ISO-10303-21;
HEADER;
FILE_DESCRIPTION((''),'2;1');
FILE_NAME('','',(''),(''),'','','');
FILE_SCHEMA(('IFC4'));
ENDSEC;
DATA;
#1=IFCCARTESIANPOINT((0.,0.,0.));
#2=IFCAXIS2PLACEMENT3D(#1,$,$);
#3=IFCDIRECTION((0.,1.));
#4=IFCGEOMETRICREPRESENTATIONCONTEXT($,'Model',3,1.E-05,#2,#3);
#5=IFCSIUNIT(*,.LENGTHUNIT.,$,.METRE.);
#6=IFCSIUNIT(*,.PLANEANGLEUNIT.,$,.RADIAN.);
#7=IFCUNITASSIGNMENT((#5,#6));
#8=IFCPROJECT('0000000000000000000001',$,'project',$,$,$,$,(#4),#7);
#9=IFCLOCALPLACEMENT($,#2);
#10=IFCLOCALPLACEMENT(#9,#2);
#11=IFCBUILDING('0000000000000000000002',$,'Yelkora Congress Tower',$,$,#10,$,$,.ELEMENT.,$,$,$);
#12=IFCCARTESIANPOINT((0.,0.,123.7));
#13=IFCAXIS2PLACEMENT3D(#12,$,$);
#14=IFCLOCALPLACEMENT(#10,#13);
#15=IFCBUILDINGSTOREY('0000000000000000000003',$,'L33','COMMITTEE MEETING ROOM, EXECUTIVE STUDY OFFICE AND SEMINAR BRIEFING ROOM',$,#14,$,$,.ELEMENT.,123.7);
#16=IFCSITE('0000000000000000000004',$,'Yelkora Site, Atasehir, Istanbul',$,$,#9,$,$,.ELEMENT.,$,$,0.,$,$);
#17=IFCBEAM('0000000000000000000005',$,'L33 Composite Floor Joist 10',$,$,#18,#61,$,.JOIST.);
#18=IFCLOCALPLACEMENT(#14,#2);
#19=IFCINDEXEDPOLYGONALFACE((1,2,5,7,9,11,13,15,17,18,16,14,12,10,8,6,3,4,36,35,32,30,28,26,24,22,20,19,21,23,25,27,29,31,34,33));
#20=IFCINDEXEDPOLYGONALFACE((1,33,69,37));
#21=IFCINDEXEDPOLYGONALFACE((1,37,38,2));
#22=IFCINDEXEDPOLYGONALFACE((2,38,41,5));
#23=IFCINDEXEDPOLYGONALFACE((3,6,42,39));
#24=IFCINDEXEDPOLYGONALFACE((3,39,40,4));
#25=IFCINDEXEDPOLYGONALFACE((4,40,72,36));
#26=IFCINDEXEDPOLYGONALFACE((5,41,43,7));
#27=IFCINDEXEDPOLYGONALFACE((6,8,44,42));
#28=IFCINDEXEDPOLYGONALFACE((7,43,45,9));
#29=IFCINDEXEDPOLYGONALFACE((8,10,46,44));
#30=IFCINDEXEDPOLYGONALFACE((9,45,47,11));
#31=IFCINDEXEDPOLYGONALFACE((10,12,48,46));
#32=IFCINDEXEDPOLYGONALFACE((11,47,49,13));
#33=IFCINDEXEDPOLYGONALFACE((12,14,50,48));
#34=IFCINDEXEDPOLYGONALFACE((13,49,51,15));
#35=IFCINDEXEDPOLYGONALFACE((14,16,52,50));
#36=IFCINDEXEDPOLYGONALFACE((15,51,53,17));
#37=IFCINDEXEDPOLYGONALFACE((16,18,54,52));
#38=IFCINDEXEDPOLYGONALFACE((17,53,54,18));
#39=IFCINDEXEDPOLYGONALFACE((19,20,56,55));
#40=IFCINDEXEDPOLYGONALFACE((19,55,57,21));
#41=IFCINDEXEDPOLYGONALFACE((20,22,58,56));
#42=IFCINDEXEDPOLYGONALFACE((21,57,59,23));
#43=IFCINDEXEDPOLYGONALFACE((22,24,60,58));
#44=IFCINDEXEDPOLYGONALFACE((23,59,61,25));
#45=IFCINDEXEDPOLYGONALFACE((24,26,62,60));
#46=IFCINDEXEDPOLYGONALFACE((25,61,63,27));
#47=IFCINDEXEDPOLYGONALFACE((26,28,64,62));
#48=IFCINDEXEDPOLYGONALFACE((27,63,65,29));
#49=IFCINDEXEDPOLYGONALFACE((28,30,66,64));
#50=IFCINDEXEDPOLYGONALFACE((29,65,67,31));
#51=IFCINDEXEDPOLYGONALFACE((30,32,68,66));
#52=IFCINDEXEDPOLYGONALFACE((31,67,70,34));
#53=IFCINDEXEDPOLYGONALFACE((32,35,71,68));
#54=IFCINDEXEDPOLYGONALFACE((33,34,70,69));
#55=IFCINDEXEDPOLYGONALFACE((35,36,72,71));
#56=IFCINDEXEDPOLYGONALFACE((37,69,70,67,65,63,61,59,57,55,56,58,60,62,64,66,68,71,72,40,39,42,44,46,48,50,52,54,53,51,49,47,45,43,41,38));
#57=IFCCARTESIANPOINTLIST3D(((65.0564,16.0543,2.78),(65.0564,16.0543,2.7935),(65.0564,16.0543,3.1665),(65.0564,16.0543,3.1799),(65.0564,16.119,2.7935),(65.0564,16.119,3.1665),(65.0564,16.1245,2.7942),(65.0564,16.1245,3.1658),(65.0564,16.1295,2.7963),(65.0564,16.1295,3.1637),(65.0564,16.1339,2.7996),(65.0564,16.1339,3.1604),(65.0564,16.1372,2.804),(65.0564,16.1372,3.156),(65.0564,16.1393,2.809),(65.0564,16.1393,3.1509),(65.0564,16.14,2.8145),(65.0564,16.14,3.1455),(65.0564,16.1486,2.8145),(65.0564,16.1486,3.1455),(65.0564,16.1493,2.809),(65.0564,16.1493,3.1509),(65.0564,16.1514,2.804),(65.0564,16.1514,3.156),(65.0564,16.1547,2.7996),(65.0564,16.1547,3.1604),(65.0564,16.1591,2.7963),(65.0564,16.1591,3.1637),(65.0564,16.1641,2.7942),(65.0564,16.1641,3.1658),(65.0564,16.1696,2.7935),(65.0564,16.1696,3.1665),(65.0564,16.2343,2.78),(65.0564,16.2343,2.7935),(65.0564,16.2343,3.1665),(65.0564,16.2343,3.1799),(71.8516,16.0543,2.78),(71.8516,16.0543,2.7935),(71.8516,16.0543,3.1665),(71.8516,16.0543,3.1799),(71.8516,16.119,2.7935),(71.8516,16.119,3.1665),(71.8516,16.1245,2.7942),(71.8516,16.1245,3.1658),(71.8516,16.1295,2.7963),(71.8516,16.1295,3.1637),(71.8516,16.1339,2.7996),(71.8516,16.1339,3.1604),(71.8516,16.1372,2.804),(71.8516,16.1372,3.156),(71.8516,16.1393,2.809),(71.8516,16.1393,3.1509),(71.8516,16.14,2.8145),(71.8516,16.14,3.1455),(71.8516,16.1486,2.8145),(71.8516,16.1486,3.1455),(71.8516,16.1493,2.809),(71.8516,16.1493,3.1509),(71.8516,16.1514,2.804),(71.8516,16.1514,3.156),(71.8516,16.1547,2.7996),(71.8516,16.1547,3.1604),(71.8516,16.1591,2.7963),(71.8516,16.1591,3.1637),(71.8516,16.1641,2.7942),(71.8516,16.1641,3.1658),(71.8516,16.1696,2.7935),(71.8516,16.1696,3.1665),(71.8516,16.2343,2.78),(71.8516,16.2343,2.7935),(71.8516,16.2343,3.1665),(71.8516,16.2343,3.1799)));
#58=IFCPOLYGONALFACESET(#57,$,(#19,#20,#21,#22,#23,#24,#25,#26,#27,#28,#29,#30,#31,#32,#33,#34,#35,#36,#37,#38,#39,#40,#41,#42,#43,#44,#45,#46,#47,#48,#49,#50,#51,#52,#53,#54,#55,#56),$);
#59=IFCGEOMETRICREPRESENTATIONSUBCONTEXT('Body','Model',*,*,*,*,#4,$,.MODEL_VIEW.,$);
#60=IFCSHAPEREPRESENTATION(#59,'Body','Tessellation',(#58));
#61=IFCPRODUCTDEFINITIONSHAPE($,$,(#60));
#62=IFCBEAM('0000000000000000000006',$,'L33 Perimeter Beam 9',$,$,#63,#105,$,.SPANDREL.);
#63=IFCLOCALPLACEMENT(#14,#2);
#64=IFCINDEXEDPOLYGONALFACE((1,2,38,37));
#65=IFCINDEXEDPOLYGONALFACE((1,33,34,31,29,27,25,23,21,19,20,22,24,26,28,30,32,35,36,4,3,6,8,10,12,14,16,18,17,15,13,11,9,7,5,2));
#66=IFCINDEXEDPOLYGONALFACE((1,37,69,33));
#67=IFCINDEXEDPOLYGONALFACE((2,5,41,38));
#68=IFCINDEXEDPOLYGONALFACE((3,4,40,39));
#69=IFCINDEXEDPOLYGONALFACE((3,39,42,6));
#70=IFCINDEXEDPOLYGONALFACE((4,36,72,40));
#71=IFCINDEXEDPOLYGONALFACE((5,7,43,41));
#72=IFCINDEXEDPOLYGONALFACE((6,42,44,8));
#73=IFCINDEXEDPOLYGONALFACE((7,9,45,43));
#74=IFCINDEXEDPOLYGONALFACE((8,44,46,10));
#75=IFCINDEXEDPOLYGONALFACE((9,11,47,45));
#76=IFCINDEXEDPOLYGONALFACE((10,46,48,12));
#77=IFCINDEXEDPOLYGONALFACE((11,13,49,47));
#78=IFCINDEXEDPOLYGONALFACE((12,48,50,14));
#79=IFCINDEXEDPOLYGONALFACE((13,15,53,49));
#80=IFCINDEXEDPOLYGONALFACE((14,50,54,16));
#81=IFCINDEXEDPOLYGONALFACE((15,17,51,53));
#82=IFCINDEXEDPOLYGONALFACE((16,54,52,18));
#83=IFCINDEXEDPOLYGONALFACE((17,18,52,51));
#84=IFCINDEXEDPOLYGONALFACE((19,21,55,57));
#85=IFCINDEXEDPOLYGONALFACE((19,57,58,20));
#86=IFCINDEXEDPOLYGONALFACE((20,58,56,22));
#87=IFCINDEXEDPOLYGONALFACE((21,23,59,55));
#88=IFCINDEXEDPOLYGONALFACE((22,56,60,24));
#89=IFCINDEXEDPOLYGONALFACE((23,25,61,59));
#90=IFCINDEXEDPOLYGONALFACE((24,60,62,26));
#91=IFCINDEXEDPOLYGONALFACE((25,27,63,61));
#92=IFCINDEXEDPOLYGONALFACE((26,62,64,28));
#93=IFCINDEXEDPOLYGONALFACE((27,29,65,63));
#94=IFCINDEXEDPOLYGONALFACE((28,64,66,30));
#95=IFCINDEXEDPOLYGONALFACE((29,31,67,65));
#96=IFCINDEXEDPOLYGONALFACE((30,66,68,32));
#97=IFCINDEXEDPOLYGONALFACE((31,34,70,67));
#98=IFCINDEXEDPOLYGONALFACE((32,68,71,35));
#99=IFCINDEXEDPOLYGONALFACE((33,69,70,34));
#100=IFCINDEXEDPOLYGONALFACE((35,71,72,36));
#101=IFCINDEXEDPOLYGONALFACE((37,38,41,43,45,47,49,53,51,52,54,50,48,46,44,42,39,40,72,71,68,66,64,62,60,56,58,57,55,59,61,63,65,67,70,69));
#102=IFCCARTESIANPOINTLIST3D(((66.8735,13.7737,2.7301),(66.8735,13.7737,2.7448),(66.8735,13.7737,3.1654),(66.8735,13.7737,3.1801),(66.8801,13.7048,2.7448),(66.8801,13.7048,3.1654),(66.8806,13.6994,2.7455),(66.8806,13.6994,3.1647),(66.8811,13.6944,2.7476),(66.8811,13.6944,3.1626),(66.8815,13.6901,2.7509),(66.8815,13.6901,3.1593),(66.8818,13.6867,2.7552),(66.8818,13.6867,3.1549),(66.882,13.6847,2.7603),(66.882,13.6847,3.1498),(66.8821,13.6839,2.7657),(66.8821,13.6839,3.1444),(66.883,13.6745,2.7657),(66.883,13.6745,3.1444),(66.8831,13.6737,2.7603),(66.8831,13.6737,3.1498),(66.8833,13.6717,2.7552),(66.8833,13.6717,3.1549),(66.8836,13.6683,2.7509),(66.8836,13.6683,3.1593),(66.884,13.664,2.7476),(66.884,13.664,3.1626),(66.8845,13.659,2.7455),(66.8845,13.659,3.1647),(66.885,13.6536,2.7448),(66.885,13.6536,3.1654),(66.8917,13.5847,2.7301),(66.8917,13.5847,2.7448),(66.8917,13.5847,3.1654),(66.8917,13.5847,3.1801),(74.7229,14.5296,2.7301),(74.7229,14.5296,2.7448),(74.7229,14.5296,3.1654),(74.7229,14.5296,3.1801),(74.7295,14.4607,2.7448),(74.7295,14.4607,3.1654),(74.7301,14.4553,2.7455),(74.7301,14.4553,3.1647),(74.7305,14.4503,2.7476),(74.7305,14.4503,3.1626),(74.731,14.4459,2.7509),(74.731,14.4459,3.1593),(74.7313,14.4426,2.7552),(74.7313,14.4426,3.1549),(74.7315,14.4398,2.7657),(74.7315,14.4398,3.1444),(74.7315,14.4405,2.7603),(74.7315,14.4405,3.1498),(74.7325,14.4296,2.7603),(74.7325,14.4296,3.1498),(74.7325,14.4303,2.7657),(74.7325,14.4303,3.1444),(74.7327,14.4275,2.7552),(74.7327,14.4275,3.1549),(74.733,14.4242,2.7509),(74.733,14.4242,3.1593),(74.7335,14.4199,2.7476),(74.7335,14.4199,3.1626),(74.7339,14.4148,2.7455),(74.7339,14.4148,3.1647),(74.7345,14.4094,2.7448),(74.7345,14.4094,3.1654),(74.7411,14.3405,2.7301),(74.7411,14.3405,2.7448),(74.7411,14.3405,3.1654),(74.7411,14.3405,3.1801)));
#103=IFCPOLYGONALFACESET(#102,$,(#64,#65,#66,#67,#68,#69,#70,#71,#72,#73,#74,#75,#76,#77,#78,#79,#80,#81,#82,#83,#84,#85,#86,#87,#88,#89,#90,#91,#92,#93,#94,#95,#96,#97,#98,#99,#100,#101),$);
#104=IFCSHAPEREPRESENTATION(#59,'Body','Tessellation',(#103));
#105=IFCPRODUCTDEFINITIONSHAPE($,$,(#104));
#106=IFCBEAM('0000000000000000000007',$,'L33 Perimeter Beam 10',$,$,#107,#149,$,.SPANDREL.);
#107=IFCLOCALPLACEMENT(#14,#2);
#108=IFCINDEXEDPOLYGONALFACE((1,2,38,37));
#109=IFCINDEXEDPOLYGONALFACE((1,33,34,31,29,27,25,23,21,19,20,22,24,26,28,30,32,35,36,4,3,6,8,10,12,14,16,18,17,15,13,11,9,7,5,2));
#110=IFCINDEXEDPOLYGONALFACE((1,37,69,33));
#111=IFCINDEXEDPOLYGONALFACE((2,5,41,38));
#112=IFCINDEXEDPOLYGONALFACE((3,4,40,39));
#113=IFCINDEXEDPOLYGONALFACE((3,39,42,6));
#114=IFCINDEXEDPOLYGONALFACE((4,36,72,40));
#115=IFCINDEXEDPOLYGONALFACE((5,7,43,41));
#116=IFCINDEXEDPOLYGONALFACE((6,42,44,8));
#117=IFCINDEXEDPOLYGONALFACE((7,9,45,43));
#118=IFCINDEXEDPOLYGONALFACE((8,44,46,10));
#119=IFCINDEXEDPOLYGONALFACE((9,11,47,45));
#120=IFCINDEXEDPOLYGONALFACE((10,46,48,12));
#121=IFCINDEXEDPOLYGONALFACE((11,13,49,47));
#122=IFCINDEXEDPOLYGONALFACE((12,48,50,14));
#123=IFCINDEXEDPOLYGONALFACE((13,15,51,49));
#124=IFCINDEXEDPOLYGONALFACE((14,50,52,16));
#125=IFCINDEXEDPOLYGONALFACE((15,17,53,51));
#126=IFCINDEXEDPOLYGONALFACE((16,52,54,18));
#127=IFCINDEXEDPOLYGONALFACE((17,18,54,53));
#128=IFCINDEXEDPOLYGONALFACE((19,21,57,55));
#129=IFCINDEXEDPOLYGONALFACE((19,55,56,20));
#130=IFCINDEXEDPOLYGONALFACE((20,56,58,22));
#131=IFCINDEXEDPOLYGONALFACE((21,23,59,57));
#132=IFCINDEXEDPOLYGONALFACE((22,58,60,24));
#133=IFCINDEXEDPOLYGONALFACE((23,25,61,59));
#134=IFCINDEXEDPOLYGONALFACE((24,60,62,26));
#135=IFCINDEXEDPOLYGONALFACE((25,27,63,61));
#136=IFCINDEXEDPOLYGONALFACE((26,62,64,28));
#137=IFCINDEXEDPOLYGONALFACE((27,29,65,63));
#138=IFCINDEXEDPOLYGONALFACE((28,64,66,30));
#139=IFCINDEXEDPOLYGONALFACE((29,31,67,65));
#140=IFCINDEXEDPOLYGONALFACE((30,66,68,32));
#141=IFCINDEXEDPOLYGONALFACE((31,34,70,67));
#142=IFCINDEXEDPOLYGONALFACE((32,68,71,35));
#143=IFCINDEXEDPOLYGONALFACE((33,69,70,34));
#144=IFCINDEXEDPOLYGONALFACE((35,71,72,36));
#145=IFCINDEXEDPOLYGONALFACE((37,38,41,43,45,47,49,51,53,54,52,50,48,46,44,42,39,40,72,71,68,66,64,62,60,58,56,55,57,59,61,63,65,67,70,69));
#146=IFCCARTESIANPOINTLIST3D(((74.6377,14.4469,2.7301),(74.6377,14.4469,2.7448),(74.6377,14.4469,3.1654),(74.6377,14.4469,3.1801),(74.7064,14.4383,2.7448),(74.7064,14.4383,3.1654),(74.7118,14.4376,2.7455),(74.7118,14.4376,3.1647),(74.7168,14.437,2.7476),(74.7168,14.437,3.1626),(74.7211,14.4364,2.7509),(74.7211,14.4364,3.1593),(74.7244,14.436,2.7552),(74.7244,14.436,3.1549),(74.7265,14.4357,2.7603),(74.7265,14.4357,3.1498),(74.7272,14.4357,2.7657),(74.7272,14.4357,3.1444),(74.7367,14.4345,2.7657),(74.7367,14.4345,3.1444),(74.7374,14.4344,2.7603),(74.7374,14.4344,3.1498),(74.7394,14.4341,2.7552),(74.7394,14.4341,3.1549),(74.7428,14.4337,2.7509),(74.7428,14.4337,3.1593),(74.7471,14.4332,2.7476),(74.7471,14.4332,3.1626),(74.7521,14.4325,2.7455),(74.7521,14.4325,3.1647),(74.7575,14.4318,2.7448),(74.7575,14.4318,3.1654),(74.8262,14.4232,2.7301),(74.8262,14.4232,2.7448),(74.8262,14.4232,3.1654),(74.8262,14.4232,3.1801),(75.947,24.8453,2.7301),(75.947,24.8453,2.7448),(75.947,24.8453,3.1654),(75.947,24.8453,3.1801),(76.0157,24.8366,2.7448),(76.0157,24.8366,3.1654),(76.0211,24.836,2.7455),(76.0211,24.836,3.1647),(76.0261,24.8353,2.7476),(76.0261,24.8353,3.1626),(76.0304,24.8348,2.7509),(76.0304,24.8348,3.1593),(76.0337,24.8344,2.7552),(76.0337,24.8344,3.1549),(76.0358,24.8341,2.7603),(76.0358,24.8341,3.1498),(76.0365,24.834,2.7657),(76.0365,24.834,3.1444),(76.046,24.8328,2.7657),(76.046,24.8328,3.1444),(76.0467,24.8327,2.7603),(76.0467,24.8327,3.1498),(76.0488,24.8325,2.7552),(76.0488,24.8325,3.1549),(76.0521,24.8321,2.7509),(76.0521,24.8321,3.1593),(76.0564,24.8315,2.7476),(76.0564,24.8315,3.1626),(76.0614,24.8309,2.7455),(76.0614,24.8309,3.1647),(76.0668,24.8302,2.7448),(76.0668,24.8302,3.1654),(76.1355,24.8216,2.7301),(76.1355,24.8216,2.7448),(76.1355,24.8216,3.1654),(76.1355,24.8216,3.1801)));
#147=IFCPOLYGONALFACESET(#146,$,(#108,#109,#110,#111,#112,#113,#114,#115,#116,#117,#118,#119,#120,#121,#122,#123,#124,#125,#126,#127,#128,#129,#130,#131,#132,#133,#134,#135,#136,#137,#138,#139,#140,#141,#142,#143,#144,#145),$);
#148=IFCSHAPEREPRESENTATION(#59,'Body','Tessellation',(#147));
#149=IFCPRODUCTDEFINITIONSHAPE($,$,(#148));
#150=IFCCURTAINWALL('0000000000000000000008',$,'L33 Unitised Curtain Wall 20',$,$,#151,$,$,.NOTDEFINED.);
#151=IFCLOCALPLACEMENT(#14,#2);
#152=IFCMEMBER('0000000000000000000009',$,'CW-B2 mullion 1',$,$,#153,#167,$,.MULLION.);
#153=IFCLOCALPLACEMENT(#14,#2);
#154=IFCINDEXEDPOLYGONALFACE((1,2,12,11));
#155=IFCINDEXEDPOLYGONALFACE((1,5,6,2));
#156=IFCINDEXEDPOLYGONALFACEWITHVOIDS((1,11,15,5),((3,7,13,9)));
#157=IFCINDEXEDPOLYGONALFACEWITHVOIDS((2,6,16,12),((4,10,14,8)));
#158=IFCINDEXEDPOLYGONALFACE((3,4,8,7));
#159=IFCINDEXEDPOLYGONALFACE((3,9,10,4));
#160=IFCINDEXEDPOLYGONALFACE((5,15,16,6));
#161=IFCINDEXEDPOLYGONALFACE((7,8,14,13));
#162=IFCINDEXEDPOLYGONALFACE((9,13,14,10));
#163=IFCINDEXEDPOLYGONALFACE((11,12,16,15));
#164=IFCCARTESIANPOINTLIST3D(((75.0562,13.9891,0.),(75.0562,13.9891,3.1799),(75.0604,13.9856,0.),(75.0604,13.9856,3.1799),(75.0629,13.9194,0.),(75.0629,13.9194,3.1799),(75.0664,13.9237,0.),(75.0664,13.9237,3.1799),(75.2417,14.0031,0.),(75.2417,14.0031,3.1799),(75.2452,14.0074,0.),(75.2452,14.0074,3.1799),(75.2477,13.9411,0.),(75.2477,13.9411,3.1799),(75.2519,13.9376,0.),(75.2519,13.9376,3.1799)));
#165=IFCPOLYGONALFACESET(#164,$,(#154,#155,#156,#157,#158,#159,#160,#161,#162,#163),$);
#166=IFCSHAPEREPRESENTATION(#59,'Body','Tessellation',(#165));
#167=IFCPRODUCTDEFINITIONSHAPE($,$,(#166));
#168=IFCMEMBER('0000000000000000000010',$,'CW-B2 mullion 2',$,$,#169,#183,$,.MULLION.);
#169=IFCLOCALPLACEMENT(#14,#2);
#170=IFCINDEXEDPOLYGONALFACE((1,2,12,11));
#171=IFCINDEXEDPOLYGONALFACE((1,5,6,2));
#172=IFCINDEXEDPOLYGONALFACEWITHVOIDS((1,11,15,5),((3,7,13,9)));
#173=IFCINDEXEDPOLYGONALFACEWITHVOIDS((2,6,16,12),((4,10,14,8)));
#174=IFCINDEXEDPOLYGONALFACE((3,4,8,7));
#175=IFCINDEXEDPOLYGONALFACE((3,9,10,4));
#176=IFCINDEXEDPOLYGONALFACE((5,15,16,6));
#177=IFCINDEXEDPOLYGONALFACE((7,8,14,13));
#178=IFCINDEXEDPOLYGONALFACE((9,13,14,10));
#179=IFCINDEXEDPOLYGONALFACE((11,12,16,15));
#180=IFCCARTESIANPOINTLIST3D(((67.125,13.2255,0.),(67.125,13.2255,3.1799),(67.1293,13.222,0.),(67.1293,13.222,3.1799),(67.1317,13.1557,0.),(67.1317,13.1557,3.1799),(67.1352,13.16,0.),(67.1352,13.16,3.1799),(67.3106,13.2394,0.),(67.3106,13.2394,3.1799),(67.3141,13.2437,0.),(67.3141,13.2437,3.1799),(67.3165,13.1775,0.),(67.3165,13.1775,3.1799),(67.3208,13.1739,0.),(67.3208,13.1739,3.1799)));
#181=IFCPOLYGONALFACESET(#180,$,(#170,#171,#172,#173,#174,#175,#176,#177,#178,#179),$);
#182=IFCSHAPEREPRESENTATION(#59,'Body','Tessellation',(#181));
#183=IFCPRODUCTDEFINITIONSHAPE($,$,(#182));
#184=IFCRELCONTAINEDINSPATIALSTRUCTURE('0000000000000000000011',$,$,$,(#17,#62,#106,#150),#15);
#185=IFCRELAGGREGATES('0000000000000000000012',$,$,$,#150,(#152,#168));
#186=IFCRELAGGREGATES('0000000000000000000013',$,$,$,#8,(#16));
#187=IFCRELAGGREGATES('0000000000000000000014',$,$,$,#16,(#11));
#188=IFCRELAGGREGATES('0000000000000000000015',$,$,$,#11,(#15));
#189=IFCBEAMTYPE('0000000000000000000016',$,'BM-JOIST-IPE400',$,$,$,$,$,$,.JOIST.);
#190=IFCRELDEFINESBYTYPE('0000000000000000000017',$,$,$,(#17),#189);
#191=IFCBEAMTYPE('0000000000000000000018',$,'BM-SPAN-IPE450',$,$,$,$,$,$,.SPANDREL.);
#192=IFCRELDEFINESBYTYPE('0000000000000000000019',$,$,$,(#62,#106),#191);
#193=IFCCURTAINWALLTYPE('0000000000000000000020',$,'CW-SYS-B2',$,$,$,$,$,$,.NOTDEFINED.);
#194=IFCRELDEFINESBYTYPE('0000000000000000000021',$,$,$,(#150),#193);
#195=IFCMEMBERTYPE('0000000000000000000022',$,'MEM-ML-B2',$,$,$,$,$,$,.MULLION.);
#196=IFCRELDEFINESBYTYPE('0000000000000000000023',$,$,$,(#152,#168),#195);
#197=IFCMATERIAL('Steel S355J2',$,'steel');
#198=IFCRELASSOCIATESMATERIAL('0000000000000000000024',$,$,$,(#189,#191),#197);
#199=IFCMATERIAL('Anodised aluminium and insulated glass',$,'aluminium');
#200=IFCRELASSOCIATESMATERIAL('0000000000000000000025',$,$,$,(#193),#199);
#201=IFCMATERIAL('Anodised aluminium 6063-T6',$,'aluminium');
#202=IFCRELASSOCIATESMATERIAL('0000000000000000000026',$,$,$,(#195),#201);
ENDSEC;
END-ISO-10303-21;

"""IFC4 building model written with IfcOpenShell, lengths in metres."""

from ifc_helpers import new_model, si_unit, direction, frame, origin, origin_2d, place, context, subcontext, project, spatial, hollow_rectangle, i_section, extrude, material, material_profile, profile_set, type_object, element, aggregate, save


model = new_model("IFC4")

# Units and contexts
model_context = context("Model", 3, precision=1e-05, world=origin(), true_north=direction((0.0, 1.0)))
body_context = subcontext(model_context, "Body", "Model", "MODEL_VIEW")
ifc_project = project(units=[si_unit("LENGTHUNIT", "METRE"), si_unit("PLANEANGLEUNIT", "RADIAN")], contexts=[model_context])

# Site, building, storey
site_placement = place(None, origin())
site = spatial("IfcSite", under=ifc_project, at=site_placement, Name="Yelkora Site, Atasehir, Istanbul", CompositionType="ELEMENT", RefElevation=0.0)
building_placement = place(site_placement, origin())
building = spatial("IfcBuilding", under=site, at=building_placement, Name="Yelkora Congress Tower", CompositionType="ELEMENT")
storey_placement = place(building_placement, frame((0.0, 0.0, 123.7)))
storey = spatial("IfcBuildingStorey", under=building, at=storey_placement, Name="L33", Description="COMMITTEE MEETING ROOM, EXECUTIVE STUDY OFFICE AND SEMINAR BRIEFING ROOM", CompositionType="ELEMENT", Elevation=123.7)

# Beams
ifc_material_1 = material(Name="Steel S355J2", Category="steel")
ifc_material_profile_1 = material_profile(ifc_material_1, i_section(OverallWidth=0.1799, OverallDepth=0.3999, WebThickness=0.0085, FlangeThickness=0.0134, FilletRadius=0.021, at=origin_2d()), Name="IPE 400")
ifc_profile_set_1 = profile_set([ifc_material_profile_1], Name="Steel S355J2")
beam_type_1 = type_object("IfcBeamType", Name="BM-JOIST-IPE400", PredefinedType="JOIST", material=ifc_profile_set_1)
beam_1_placement = place(storey_placement, frame((65.0564, 16.1443, 2.98), z_axis=(1.0, 0.0, 0.0), x_axis=(0.0, 1.0, 0.0)))
element("IfcBeam", 1, at=beam_1_placement, inside=storey, type_object=beam_type_1, Name="L33 Composite Floor Joist 10", PredefinedType="JOIST", context=body_context, shape_type="SweptSolid", body=[
    extrude(i_section(OverallWidth=0.1799, OverallDepth=0.3999, WebThickness=0.0085, FlangeThickness=0.0134, FilletRadius=0.021, at=origin_2d()), origin(), (0.0, 0.0, 1.0), 6.7952),
])
ifc_material_profile_2 = material_profile(ifc_material_1, i_section(OverallWidth=0.1899, OverallDepth=0.45, WebThickness=0.0095, FlangeThickness=0.0146, FilletRadius=0.021, at=origin_2d()), Name="IPE 450")
ifc_profile_set_2 = profile_set([ifc_material_profile_2], Name="Steel S355J2")
beam_type_2 = type_object("IfcBeamType", Name="BM-SPAN-IPE450", PredefinedType="SPANDREL", material=ifc_profile_set_2)
beam_2_placement = place(storey_placement, frame((66.8826, 13.6792, 2.9551), z_axis=(0.995396, 0.095852, 0.0), x_axis=(-0.095852, 0.995396, 0.0)))
element("IfcBeam", 2, at=beam_2_placement, inside=storey, type_object=beam_type_2, Name="L33 Perimeter Beam 9", PredefinedType="SPANDREL", context=body_context, shape_type="SweptSolid", body=[
    extrude(i_section(OverallWidth=0.1899, OverallDepth=0.45, WebThickness=0.0095, FlangeThickness=0.0146, FilletRadius=0.021, at=origin_2d()), origin(), (0.0, 0.0, 1.0), 7.8857),
])
beam_3_placement = place(storey_placement, frame((74.7319, 14.4351, 2.9551), z_axis=(0.124929, 0.992166, 0.0), x_axis=(-0.992166, 0.124929, 0.0)))
element("IfcBeam", 3, at=beam_3_placement, inside=storey, type_object=beam_type_2, Name="L33 Perimeter Beam 10", PredefinedType="SPANDREL", context=body_context, shape_type="SweptSolid", body=[
    extrude(i_section(OverallWidth=0.1899, OverallDepth=0.45, WebThickness=0.0095, FlangeThickness=0.0146, FilletRadius=0.021, at=origin_2d()), origin(), (0.0, 0.0, 1.0), 10.4805),
])

# Curtain wall, members
ifc_material_2 = material(Name="Anodised aluminium and insulated glass", Category="aluminium")
curtain_wall_type = type_object("IfcCurtainWallType", Name="CW-SYS-B2", PredefinedType="NOTDEFINED", material=ifc_material_2)
curtain_wall_placement = place(storey_placement, origin())
curtain_wall = element("IfcCurtainWall", 4, at=curtain_wall_placement, inside=storey, type_object=curtain_wall_type, Name="L33 Unitised Curtain Wall 20", PredefinedType="NOTDEFINED")
ifc_material_3 = material(Name="Anodised aluminium 6063-T6", Category="aluminium")
ifc_material_profile_3 = material_profile(ifc_material_3, hollow_rectangle(XDim=0.0701, YDim=0.1899, WallThickness=0.0039, at=origin_2d()), Name="ALU 70x190x4")
ifc_profile_set_3 = profile_set([ifc_material_profile_3], Name="Anodised aluminium 6063-T6")
member_type_1 = type_object("IfcMemberType", Name="MEM-ML-B2", PredefinedType="MULLION", material=ifc_profile_set_3)
member_1_placement = place(storey_placement, frame((75.1541, 13.9634, 0.0), z_axis=(0.0, 0.0, 1.0), x_axis=(0.095844, -0.995396, 0.0)))
member_1 = element("IfcMember", 5, at=member_1_placement, type_object=member_type_1, Name="CW-B2 mullion 1", PredefinedType="MULLION", context=body_context, shape_type="SweptSolid", body=[
    extrude(hollow_rectangle(XDim=0.0701, YDim=0.1899, WallThickness=0.0039, at=origin_2d()), origin(), (0.0, 0.0, 1.0), 3.1799),
])
member_2_placement = place(storey_placement, frame((67.2229, 13.1997, 0.0), z_axis=(0.0, 0.0, 1.0), x_axis=(0.095844, -0.995396, 0.0)))
member_2 = element("IfcMember", 6, at=member_2_placement, type_object=member_type_1, Name="CW-B2 mullion 2", PredefinedType="MULLION", context=body_context, shape_type="SweptSolid", body=[
    extrude(hollow_rectangle(XDim=0.0701, YDim=0.1899, WallThickness=0.0039, at=origin_2d()), origin(), (0.0, 0.0, 1.0), 3.1799),
])
aggregate(curtain_wall, [member_1, member_2])

save(model, "model.ifc")
